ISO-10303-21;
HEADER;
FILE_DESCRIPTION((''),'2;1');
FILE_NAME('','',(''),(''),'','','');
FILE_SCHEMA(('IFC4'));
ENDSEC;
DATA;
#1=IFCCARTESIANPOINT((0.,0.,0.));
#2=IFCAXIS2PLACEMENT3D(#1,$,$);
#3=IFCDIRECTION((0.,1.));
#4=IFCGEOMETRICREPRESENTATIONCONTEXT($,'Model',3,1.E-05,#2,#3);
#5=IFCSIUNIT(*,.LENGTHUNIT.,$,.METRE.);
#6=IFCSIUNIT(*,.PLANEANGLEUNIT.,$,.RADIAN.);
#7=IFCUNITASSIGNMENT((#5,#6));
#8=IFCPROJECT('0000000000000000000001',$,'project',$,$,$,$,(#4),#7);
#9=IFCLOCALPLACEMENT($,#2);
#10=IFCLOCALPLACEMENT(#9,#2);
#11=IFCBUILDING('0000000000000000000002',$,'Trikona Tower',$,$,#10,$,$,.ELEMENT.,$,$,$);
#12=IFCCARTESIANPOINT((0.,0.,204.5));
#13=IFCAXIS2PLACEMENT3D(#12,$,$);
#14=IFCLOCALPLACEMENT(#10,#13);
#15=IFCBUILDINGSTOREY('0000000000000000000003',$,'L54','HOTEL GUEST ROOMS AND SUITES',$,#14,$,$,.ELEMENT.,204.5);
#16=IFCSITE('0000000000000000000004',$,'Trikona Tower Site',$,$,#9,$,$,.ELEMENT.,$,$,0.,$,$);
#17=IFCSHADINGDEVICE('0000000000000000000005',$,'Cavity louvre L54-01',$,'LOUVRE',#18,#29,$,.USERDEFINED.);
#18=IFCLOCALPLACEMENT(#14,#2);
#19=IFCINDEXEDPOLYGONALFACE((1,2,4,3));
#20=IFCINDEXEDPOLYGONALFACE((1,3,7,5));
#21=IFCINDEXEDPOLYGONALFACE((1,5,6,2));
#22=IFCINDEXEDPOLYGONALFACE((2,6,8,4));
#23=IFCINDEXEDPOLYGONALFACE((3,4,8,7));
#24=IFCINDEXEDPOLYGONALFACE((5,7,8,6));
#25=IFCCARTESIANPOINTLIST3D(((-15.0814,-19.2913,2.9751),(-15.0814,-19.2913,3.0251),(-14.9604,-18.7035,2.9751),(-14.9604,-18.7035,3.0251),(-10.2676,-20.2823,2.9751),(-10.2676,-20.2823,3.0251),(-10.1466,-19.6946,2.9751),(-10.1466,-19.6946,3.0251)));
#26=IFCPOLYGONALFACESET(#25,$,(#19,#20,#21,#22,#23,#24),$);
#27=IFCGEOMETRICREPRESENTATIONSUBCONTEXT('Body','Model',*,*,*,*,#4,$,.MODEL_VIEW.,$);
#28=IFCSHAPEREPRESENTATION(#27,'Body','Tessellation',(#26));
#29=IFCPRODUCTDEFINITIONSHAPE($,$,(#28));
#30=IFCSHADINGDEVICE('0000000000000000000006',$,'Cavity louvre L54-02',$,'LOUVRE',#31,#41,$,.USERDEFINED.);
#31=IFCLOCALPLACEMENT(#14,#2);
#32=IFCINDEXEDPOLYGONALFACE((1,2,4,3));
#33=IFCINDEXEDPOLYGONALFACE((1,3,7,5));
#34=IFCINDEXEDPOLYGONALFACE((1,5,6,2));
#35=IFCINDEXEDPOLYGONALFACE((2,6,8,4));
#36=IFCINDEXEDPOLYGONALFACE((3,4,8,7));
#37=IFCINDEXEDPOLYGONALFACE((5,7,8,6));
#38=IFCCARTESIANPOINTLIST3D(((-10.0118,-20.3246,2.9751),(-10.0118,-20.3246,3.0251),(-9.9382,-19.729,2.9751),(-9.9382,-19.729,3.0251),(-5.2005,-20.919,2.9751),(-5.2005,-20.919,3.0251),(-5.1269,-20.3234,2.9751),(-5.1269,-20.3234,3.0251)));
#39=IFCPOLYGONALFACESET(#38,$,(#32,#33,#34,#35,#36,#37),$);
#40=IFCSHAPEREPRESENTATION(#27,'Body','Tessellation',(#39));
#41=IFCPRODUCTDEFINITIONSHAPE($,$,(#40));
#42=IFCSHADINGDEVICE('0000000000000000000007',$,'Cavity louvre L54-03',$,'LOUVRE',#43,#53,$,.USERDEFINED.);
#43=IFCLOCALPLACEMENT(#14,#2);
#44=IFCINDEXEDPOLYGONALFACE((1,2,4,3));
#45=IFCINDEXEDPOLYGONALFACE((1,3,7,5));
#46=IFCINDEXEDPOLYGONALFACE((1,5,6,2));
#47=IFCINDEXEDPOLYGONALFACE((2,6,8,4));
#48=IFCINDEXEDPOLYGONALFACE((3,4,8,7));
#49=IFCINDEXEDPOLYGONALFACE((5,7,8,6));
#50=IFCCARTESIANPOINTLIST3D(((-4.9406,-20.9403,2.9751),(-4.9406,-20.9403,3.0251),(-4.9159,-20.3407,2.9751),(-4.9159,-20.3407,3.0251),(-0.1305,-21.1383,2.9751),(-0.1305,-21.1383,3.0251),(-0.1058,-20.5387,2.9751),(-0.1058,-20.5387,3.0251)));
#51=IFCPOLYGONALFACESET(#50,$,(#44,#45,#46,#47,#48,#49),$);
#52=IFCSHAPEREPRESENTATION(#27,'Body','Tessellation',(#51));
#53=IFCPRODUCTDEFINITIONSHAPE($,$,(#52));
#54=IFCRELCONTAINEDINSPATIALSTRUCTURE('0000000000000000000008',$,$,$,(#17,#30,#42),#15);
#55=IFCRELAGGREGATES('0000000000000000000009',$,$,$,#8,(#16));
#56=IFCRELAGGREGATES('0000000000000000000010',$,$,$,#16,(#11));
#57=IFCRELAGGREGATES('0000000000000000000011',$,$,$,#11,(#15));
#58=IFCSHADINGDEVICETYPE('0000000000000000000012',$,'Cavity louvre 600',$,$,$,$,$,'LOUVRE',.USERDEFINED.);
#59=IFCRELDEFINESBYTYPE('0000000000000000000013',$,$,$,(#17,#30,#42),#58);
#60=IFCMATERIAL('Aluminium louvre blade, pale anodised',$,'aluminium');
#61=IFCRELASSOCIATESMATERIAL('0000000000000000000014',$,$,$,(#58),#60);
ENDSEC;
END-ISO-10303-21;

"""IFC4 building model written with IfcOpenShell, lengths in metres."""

from ifc_helpers import new_model, si_unit, direction, frame, origin, origin_2d, place, context, subcontext, project, spatial, rectangle, extrude, material, type_object, element, save


model = new_model("IFC4")

# Units and contexts
model_context = context("Model", 3, precision=1e-05, world=origin(), true_north=direction((0.0, 1.0)))
body_context = subcontext(model_context, "Body", "Model", "MODEL_VIEW")
ifc_project = project(units=[si_unit("LENGTHUNIT", "METRE"), si_unit("PLANEANGLEUNIT", "RADIAN")], contexts=[model_context])

# Site, building, storey
site_placement = place(None, origin())
site = spatial("IfcSite", under=ifc_project, at=site_placement, Name="Trikona Tower Site", CompositionType="ELEMENT", RefElevation=0.0)
building_placement = place(site_placement, origin())
building = spatial("IfcBuilding", under=site, at=building_placement, Name="Trikona Tower", CompositionType="ELEMENT")
storey_placement = place(building_placement, frame((0.0, 0.0, 204.5)))
storey = spatial("IfcBuildingStorey", under=building, at=storey_placement, Name="L54", Description="HOTEL GUEST ROOMS AND SUITES", CompositionType="ELEMENT", Elevation=204.5)

# Shading devices
ifc_material_1 = material(Name="Aluminium louvre blade, pale anodised", Category="aluminium")
shading_device_type = type_object("IfcShadingDeviceType", Name="Cavity louvre 600", ElementType="LOUVRE", PredefinedType="USERDEFINED", material=ifc_material_1)
shading_device_1_placement = place(storey_placement, frame((-12.614, -19.4929, 2.9751), z_axis=(0.0, 0.0, 1.0), x_axis=(0.979458, -0.201651, 0.0)))
element("IfcShadingDevice", 1, at=shading_device_1_placement, inside=storey, type_object=shading_device_type, Name="Cavity louvre L54-01", ObjectType="LOUVRE", PredefinedType="USERDEFINED", context=body_context, shape_type="SweptSolid", body=[
    extrude(rectangle(XDim=4.9148, YDim=0.6001, at=origin_2d()), origin(), (0.0, 0.0, 1.0), 0.05),
])
shading_device_2_placement = place(storey_placement, frame((-7.5693, -20.324, 2.9751), z_axis=(0.0, 0.0, 1.0), x_axis=(0.992455, -0.122607, 0.0)))
element("IfcShadingDevice", 2, at=shading_device_2_placement, inside=storey, type_object=shading_device_type, Name="Cavity louvre L54-02", ObjectType="LOUVRE", PredefinedType="USERDEFINED", context=body_context, shape_type="SweptSolid", body=[
    extrude(rectangle(XDim=4.8479, YDim=0.6001, at=origin_2d()), origin(), (0.0, 0.0, 1.0), 0.05),
])
shading_device_3_placement = place(storey_placement, frame((-2.5232, -20.7395, 2.9751), z_axis=(0.0, 0.0, 1.0), x_axis=(0.999153, -0.041145, 0.0)))
element("IfcShadingDevice", 3, at=shading_device_3_placement, inside=storey, type_object=shading_device_type, Name="Cavity louvre L54-03", ObjectType="LOUVRE", PredefinedType="USERDEFINED", context=body_context, shape_type="SweptSolid", body=[
    extrude(rectangle(XDim=4.8142, YDim=0.6001, at=origin_2d()), origin(), (0.0, 0.0, 1.0), 0.05),
])

save(model, "model.ifc")
